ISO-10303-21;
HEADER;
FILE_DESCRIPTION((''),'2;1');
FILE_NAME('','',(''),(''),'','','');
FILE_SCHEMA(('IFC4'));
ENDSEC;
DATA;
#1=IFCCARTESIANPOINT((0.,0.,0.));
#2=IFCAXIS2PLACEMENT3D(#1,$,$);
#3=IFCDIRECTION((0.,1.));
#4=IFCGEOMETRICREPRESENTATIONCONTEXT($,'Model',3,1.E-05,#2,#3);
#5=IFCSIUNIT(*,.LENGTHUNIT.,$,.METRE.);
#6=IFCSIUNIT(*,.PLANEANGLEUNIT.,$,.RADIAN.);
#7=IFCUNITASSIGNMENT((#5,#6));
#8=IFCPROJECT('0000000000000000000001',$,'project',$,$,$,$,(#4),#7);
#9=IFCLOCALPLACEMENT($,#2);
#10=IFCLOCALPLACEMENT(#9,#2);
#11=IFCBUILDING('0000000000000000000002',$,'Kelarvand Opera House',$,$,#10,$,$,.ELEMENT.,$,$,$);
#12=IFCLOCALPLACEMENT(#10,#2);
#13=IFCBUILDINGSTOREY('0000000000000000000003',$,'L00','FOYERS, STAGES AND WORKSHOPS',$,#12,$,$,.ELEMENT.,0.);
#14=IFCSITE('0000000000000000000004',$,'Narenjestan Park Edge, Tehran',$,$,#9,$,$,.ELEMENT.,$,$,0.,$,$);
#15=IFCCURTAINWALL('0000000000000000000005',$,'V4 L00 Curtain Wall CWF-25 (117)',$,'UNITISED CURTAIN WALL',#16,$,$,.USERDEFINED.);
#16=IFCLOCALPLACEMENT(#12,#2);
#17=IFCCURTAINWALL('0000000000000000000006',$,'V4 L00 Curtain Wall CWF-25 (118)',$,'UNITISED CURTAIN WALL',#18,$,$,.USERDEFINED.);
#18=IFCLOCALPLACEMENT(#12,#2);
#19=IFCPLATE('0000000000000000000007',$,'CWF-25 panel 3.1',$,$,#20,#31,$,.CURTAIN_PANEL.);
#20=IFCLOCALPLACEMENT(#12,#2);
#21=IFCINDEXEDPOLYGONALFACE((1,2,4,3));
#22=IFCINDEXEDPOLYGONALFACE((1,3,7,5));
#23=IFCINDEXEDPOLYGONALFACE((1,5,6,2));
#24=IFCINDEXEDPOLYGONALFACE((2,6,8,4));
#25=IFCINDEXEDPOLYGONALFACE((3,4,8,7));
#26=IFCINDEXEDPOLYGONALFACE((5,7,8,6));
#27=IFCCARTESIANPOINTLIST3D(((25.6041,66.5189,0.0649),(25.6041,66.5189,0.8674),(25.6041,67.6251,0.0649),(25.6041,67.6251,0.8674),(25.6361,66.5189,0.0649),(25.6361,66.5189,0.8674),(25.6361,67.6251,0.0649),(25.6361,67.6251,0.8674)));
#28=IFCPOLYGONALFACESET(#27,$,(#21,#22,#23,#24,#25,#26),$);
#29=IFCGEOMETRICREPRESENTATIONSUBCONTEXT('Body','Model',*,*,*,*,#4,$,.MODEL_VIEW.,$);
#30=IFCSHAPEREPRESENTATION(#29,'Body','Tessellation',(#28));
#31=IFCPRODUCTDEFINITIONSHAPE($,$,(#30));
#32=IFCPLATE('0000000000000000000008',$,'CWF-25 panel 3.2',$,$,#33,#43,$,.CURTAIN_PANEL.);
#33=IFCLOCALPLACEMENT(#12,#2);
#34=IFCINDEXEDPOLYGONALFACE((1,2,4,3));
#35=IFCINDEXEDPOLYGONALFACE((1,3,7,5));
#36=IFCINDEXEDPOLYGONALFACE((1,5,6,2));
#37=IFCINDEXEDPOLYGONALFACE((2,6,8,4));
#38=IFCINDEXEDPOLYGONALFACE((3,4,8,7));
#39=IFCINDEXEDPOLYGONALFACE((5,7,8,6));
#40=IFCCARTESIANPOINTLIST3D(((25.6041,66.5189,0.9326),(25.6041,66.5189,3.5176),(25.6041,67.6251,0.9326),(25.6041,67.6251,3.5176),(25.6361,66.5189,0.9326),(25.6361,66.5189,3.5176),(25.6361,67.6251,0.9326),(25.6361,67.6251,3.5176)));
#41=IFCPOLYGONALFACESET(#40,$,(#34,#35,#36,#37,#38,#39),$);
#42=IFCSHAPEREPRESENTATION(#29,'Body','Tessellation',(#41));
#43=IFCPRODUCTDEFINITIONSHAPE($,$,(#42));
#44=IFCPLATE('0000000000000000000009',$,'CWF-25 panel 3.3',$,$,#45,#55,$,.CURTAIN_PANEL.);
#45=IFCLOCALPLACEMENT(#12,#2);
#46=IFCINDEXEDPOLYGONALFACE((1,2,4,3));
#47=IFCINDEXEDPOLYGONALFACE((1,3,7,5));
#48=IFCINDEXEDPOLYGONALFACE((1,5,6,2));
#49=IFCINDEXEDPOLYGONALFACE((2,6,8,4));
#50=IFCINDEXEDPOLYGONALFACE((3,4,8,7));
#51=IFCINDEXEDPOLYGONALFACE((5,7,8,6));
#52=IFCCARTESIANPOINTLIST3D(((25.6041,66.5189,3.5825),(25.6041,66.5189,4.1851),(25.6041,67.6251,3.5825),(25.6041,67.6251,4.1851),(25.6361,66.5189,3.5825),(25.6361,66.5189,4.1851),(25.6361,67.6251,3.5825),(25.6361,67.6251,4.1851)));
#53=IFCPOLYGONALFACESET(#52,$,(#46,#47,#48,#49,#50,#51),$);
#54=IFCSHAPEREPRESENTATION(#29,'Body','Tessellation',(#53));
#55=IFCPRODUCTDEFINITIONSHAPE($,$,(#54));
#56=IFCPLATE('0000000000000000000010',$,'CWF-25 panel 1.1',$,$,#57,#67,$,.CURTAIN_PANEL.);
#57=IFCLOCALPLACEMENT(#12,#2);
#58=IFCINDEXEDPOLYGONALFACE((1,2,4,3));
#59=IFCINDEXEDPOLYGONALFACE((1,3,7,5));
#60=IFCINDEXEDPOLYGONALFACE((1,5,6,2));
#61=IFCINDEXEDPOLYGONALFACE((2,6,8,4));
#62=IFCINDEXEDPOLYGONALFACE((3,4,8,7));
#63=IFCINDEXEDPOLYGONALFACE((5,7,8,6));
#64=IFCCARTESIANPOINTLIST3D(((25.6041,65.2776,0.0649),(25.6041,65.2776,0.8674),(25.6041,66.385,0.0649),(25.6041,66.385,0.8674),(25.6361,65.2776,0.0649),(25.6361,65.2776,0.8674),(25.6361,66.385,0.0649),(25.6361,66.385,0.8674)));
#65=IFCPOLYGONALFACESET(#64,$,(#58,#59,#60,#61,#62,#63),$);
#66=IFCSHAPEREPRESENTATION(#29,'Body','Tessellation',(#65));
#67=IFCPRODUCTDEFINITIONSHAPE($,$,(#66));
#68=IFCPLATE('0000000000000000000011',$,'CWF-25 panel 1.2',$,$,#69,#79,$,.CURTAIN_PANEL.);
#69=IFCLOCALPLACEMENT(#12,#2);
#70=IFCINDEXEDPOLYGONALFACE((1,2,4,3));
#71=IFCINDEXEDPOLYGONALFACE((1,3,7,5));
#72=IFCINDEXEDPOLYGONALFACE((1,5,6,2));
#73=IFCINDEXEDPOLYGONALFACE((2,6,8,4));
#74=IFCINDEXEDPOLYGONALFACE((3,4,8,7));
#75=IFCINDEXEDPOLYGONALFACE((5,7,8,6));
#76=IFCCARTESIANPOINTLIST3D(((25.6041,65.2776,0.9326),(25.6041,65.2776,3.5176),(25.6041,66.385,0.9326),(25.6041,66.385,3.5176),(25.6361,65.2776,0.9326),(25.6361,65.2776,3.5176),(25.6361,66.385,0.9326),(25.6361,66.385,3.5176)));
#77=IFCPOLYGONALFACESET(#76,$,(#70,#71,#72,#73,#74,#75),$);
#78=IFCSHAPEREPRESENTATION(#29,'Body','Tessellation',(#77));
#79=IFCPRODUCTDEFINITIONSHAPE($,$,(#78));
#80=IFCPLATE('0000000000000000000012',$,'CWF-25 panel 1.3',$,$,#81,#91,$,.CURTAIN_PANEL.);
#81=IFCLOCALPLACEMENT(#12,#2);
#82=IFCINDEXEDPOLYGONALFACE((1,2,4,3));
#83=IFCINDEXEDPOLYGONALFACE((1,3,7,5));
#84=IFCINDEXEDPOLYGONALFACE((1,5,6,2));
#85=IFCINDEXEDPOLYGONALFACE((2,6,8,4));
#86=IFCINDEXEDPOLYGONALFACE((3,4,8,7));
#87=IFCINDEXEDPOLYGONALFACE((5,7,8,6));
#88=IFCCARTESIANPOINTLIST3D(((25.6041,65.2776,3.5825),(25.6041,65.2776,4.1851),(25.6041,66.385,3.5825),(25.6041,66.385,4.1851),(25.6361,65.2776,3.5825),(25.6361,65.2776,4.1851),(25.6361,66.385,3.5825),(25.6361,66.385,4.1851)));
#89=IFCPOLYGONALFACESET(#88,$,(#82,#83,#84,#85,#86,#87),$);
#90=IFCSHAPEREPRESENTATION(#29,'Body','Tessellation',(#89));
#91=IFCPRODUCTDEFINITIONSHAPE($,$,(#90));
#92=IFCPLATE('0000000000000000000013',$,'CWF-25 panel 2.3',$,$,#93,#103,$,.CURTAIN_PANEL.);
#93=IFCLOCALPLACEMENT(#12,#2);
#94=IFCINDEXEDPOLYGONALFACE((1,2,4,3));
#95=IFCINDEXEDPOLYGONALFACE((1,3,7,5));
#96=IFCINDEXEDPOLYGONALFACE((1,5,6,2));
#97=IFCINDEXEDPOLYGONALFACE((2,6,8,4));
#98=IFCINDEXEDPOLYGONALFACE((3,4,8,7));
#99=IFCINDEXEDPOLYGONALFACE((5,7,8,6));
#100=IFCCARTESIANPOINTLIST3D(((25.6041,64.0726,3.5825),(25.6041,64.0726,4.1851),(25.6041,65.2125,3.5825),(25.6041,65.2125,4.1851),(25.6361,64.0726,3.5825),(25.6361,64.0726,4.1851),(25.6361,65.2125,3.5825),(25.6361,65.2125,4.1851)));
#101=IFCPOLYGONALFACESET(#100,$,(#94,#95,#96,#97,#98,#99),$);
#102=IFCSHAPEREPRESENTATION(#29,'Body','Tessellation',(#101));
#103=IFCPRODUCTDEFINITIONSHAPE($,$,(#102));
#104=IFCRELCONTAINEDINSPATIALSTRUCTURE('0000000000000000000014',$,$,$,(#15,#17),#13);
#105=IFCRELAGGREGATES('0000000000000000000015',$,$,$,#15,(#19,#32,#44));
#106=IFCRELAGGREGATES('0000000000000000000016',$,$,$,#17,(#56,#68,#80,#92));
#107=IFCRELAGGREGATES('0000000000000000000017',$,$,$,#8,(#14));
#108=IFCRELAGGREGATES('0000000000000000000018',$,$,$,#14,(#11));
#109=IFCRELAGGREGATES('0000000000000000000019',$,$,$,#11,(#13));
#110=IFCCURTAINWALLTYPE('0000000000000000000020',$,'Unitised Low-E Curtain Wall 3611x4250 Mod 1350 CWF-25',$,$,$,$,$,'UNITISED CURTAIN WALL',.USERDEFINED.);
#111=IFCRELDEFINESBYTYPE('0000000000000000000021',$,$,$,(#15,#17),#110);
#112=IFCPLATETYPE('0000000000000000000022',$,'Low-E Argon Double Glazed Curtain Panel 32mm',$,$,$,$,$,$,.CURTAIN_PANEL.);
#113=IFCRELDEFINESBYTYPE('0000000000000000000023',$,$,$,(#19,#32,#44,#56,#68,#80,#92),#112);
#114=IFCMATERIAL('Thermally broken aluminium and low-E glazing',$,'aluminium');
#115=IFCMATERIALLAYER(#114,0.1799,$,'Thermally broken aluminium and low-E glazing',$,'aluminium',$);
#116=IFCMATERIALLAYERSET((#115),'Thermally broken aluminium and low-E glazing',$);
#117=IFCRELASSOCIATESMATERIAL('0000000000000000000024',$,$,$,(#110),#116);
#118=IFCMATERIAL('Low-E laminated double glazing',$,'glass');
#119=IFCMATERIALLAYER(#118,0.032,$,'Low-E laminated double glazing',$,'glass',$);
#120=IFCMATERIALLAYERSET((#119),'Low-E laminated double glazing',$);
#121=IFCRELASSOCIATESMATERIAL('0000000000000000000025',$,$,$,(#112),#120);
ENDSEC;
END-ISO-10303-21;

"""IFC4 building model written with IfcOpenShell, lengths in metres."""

from ifc_helpers import new_model, si_unit, direction, frame, origin, origin_2d, place, context, subcontext, project, spatial, rectangle, extrude, material, layer, layer_set, type_object, element, aggregate, save


model = new_model("IFC4")

# Units and contexts
model_context = context("Model", 3, precision=1e-05, world=origin(), true_north=direction((0.0, 1.0)))
body_context = subcontext(model_context, "Body", "Model", "MODEL_VIEW")
ifc_project = project(units=[si_unit("LENGTHUNIT", "METRE"), si_unit("PLANEANGLEUNIT", "RADIAN")], contexts=[model_context])

# Site, building, storey
site_placement = place(None, origin())
site = spatial("IfcSite", under=ifc_project, at=site_placement, Name="Narenjestan Park Edge, Tehran", CompositionType="ELEMENT", RefElevation=0.0)
building_placement = place(site_placement, origin())
building = spatial("IfcBuilding", under=site, at=building_placement, Name="Kelarvand Opera House", CompositionType="ELEMENT")
storey_placement = place(building_placement, origin())
storey = spatial("IfcBuildingStorey", under=building, at=storey_placement, Name="L00", Description="FOYERS, STAGES AND WORKSHOPS", CompositionType="ELEMENT", Elevation=0.0)

# Curtain wall
ifc_material_1 = material(Name="Thermally broken aluminium and low-E glazing", Category="aluminium")
ifc_layer_1 = layer(ifc_material_1, 0.1799, Name="Thermally broken aluminium and low-E glazing", Category="aluminium")
ifc_layer_set_1 = layer_set([ifc_layer_1], Name="Thermally broken aluminium and low-E glazing")
curtain_wall_type = type_object("IfcCurtainWallType", Name="Unitised Low-E Curtain Wall 3611x4250 Mod 1350 CWF-25", ElementType="UNITISED CURTAIN WALL", PredefinedType="USERDEFINED", material=ifc_layer_set_1)
curtain_wall_1_placement = place(storey_placement, origin())
curtain_wall_1 = element("IfcCurtainWall", 1, at=curtain_wall_1_placement, inside=storey, type_object=curtain_wall_type, Name="V4 L00 Curtain Wall CWF-25 (117)", ObjectType="UNITISED CURTAIN WALL", PredefinedType="USERDEFINED")

# Curtain wall
curtain_wall_2_placement = place(storey_placement, origin())
curtain_wall_2 = element("IfcCurtainWall", 2, at=curtain_wall_2_placement, inside=storey, type_object=curtain_wall_type, Name="V4 L00 Curtain Wall CWF-25 (118)", ObjectType="UNITISED CURTAIN WALL", PredefinedType="USERDEFINED")

# Plates
ifc_material_2 = material(Name="Low-E laminated double glazing", Category="glass")
ifc_layer_2 = layer(ifc_material_2, 0.032, Name="Low-E laminated double glazing", Category="glass")
ifc_layer_set_2 = layer_set([ifc_layer_2], Name="Low-E laminated double glazing")
plate_type = type_object("IfcPlateType", Name="Low-E Argon Double Glazed Curtain Panel 32mm", PredefinedType="CURTAIN_PANEL", material=ifc_layer_set_2)
plate_1_placement = place(storey_placement, frame((25.6201, 67.072, 0.0649), z_axis=(0.0, 0.0, 1.0), x_axis=(0.0, -1.0, 0.0)))
plate_1 = element("IfcPlate", 3, at=plate_1_placement, type_object=plate_type, Name="CWF-25 panel 3.1", PredefinedType="CURTAIN_PANEL", context=body_context, shape_type="SweptSolid", body=[
    extrude(rectangle(XDim=1.1062, YDim=0.032, at=origin_2d()), origin(), (0.0, 0.0, 1.0), 0.8025),
])
plate_2_placement = place(storey_placement, frame((25.6201, 67.072, 0.9326), z_axis=(0.0, 0.0, 1.0), x_axis=(0.0, -1.0, 0.0)))
plate_2 = element("IfcPlate", 4, at=plate_2_placement, type_object=plate_type, Name="CWF-25 panel 3.2", PredefinedType="CURTAIN_PANEL", context=body_context, shape_type="SweptSolid", body=[
    extrude(rectangle(XDim=1.1062, YDim=0.032, at=origin_2d()), origin(), (0.0, 0.0, 1.0), 2.585),
])
plate_3_placement = place(storey_placement, frame((25.6201, 67.072, 3.5825), z_axis=(0.0, 0.0, 1.0), x_axis=(0.0, -1.0, 0.0)))
plate_3 = element("IfcPlate", 5, at=plate_3_placement, type_object=plate_type, Name="CWF-25 panel 3.3", PredefinedType="CURTAIN_PANEL", context=body_context, shape_type="SweptSolid", body=[
    extrude(rectangle(XDim=1.1062, YDim=0.032, at=origin_2d()), origin(), (0.0, 0.0, 1.0), 0.6025),
])
aggregate(curtain_wall_1, [plate_1, plate_2, plate_3])
plate_4_placement = place(storey_placement, frame((25.6201, 65.8313, 0.0649), z_axis=(0.0, 0.0, 1.0), x_axis=(0.0, -1.0, 0.0)))
plate_4 = element("IfcPlate", 6, at=plate_4_placement, type_object=plate_type, Name="CWF-25 panel 1.1", PredefinedType="CURTAIN_PANEL", context=body_context, shape_type="SweptSolid", body=[
    extrude(rectangle(XDim=1.1074, YDim=0.032, at=origin_2d()), origin(), (0.0, 0.0, 1.0), 0.8025),
])
plate_5_placement = place(storey_placement, frame((25.6201, 65.8313, 0.9326), z_axis=(0.0, 0.0, 1.0), x_axis=(0.0, -1.0, 0.0)))
plate_5 = element("IfcPlate", 7, at=plate_5_placement, type_object=plate_type, Name="CWF-25 panel 1.2", PredefinedType="CURTAIN_PANEL", context=body_context, shape_type="SweptSolid", body=[
    extrude(rectangle(XDim=1.1074, YDim=0.032, at=origin_2d()), origin(), (0.0, 0.0, 1.0), 2.585),
])
plate_6_placement = place(storey_placement, frame((25.6201, 65.8313, 3.5825), z_axis=(0.0, 0.0, 1.0), x_axis=(0.0, -1.0, 0.0)))
plate_6 = element("IfcPlate", 8, at=plate_6_placement, type_object=plate_type, Name="CWF-25 panel 1.3", PredefinedType="CURTAIN_PANEL", context=body_context, shape_type="SweptSolid", body=[
    extrude(rectangle(XDim=1.1074, YDim=0.032, at=origin_2d()), origin(), (0.0, 0.0, 1.0), 0.6025),
])
plate_7_placement = place(storey_placement, frame((25.6201, 64.6426, 3.5825), z_axis=(0.0, 0.0, 1.0), x_axis=(0.0, -1.0, 0.0)))
plate_7 = element("IfcPlate", 9, at=plate_7_placement, type_object=plate_type, Name="CWF-25 panel 2.3", PredefinedType="CURTAIN_PANEL", context=body_context, shape_type="SweptSolid", body=[
    extrude(rectangle(XDim=1.1399, YDim=0.032, at=origin_2d()), origin(), (0.0, 0.0, 1.0), 0.6025),
])
aggregate(curtain_wall_2, [plate_4, plate_5, plate_6, plate_7])

save(model, "model.ifc")
